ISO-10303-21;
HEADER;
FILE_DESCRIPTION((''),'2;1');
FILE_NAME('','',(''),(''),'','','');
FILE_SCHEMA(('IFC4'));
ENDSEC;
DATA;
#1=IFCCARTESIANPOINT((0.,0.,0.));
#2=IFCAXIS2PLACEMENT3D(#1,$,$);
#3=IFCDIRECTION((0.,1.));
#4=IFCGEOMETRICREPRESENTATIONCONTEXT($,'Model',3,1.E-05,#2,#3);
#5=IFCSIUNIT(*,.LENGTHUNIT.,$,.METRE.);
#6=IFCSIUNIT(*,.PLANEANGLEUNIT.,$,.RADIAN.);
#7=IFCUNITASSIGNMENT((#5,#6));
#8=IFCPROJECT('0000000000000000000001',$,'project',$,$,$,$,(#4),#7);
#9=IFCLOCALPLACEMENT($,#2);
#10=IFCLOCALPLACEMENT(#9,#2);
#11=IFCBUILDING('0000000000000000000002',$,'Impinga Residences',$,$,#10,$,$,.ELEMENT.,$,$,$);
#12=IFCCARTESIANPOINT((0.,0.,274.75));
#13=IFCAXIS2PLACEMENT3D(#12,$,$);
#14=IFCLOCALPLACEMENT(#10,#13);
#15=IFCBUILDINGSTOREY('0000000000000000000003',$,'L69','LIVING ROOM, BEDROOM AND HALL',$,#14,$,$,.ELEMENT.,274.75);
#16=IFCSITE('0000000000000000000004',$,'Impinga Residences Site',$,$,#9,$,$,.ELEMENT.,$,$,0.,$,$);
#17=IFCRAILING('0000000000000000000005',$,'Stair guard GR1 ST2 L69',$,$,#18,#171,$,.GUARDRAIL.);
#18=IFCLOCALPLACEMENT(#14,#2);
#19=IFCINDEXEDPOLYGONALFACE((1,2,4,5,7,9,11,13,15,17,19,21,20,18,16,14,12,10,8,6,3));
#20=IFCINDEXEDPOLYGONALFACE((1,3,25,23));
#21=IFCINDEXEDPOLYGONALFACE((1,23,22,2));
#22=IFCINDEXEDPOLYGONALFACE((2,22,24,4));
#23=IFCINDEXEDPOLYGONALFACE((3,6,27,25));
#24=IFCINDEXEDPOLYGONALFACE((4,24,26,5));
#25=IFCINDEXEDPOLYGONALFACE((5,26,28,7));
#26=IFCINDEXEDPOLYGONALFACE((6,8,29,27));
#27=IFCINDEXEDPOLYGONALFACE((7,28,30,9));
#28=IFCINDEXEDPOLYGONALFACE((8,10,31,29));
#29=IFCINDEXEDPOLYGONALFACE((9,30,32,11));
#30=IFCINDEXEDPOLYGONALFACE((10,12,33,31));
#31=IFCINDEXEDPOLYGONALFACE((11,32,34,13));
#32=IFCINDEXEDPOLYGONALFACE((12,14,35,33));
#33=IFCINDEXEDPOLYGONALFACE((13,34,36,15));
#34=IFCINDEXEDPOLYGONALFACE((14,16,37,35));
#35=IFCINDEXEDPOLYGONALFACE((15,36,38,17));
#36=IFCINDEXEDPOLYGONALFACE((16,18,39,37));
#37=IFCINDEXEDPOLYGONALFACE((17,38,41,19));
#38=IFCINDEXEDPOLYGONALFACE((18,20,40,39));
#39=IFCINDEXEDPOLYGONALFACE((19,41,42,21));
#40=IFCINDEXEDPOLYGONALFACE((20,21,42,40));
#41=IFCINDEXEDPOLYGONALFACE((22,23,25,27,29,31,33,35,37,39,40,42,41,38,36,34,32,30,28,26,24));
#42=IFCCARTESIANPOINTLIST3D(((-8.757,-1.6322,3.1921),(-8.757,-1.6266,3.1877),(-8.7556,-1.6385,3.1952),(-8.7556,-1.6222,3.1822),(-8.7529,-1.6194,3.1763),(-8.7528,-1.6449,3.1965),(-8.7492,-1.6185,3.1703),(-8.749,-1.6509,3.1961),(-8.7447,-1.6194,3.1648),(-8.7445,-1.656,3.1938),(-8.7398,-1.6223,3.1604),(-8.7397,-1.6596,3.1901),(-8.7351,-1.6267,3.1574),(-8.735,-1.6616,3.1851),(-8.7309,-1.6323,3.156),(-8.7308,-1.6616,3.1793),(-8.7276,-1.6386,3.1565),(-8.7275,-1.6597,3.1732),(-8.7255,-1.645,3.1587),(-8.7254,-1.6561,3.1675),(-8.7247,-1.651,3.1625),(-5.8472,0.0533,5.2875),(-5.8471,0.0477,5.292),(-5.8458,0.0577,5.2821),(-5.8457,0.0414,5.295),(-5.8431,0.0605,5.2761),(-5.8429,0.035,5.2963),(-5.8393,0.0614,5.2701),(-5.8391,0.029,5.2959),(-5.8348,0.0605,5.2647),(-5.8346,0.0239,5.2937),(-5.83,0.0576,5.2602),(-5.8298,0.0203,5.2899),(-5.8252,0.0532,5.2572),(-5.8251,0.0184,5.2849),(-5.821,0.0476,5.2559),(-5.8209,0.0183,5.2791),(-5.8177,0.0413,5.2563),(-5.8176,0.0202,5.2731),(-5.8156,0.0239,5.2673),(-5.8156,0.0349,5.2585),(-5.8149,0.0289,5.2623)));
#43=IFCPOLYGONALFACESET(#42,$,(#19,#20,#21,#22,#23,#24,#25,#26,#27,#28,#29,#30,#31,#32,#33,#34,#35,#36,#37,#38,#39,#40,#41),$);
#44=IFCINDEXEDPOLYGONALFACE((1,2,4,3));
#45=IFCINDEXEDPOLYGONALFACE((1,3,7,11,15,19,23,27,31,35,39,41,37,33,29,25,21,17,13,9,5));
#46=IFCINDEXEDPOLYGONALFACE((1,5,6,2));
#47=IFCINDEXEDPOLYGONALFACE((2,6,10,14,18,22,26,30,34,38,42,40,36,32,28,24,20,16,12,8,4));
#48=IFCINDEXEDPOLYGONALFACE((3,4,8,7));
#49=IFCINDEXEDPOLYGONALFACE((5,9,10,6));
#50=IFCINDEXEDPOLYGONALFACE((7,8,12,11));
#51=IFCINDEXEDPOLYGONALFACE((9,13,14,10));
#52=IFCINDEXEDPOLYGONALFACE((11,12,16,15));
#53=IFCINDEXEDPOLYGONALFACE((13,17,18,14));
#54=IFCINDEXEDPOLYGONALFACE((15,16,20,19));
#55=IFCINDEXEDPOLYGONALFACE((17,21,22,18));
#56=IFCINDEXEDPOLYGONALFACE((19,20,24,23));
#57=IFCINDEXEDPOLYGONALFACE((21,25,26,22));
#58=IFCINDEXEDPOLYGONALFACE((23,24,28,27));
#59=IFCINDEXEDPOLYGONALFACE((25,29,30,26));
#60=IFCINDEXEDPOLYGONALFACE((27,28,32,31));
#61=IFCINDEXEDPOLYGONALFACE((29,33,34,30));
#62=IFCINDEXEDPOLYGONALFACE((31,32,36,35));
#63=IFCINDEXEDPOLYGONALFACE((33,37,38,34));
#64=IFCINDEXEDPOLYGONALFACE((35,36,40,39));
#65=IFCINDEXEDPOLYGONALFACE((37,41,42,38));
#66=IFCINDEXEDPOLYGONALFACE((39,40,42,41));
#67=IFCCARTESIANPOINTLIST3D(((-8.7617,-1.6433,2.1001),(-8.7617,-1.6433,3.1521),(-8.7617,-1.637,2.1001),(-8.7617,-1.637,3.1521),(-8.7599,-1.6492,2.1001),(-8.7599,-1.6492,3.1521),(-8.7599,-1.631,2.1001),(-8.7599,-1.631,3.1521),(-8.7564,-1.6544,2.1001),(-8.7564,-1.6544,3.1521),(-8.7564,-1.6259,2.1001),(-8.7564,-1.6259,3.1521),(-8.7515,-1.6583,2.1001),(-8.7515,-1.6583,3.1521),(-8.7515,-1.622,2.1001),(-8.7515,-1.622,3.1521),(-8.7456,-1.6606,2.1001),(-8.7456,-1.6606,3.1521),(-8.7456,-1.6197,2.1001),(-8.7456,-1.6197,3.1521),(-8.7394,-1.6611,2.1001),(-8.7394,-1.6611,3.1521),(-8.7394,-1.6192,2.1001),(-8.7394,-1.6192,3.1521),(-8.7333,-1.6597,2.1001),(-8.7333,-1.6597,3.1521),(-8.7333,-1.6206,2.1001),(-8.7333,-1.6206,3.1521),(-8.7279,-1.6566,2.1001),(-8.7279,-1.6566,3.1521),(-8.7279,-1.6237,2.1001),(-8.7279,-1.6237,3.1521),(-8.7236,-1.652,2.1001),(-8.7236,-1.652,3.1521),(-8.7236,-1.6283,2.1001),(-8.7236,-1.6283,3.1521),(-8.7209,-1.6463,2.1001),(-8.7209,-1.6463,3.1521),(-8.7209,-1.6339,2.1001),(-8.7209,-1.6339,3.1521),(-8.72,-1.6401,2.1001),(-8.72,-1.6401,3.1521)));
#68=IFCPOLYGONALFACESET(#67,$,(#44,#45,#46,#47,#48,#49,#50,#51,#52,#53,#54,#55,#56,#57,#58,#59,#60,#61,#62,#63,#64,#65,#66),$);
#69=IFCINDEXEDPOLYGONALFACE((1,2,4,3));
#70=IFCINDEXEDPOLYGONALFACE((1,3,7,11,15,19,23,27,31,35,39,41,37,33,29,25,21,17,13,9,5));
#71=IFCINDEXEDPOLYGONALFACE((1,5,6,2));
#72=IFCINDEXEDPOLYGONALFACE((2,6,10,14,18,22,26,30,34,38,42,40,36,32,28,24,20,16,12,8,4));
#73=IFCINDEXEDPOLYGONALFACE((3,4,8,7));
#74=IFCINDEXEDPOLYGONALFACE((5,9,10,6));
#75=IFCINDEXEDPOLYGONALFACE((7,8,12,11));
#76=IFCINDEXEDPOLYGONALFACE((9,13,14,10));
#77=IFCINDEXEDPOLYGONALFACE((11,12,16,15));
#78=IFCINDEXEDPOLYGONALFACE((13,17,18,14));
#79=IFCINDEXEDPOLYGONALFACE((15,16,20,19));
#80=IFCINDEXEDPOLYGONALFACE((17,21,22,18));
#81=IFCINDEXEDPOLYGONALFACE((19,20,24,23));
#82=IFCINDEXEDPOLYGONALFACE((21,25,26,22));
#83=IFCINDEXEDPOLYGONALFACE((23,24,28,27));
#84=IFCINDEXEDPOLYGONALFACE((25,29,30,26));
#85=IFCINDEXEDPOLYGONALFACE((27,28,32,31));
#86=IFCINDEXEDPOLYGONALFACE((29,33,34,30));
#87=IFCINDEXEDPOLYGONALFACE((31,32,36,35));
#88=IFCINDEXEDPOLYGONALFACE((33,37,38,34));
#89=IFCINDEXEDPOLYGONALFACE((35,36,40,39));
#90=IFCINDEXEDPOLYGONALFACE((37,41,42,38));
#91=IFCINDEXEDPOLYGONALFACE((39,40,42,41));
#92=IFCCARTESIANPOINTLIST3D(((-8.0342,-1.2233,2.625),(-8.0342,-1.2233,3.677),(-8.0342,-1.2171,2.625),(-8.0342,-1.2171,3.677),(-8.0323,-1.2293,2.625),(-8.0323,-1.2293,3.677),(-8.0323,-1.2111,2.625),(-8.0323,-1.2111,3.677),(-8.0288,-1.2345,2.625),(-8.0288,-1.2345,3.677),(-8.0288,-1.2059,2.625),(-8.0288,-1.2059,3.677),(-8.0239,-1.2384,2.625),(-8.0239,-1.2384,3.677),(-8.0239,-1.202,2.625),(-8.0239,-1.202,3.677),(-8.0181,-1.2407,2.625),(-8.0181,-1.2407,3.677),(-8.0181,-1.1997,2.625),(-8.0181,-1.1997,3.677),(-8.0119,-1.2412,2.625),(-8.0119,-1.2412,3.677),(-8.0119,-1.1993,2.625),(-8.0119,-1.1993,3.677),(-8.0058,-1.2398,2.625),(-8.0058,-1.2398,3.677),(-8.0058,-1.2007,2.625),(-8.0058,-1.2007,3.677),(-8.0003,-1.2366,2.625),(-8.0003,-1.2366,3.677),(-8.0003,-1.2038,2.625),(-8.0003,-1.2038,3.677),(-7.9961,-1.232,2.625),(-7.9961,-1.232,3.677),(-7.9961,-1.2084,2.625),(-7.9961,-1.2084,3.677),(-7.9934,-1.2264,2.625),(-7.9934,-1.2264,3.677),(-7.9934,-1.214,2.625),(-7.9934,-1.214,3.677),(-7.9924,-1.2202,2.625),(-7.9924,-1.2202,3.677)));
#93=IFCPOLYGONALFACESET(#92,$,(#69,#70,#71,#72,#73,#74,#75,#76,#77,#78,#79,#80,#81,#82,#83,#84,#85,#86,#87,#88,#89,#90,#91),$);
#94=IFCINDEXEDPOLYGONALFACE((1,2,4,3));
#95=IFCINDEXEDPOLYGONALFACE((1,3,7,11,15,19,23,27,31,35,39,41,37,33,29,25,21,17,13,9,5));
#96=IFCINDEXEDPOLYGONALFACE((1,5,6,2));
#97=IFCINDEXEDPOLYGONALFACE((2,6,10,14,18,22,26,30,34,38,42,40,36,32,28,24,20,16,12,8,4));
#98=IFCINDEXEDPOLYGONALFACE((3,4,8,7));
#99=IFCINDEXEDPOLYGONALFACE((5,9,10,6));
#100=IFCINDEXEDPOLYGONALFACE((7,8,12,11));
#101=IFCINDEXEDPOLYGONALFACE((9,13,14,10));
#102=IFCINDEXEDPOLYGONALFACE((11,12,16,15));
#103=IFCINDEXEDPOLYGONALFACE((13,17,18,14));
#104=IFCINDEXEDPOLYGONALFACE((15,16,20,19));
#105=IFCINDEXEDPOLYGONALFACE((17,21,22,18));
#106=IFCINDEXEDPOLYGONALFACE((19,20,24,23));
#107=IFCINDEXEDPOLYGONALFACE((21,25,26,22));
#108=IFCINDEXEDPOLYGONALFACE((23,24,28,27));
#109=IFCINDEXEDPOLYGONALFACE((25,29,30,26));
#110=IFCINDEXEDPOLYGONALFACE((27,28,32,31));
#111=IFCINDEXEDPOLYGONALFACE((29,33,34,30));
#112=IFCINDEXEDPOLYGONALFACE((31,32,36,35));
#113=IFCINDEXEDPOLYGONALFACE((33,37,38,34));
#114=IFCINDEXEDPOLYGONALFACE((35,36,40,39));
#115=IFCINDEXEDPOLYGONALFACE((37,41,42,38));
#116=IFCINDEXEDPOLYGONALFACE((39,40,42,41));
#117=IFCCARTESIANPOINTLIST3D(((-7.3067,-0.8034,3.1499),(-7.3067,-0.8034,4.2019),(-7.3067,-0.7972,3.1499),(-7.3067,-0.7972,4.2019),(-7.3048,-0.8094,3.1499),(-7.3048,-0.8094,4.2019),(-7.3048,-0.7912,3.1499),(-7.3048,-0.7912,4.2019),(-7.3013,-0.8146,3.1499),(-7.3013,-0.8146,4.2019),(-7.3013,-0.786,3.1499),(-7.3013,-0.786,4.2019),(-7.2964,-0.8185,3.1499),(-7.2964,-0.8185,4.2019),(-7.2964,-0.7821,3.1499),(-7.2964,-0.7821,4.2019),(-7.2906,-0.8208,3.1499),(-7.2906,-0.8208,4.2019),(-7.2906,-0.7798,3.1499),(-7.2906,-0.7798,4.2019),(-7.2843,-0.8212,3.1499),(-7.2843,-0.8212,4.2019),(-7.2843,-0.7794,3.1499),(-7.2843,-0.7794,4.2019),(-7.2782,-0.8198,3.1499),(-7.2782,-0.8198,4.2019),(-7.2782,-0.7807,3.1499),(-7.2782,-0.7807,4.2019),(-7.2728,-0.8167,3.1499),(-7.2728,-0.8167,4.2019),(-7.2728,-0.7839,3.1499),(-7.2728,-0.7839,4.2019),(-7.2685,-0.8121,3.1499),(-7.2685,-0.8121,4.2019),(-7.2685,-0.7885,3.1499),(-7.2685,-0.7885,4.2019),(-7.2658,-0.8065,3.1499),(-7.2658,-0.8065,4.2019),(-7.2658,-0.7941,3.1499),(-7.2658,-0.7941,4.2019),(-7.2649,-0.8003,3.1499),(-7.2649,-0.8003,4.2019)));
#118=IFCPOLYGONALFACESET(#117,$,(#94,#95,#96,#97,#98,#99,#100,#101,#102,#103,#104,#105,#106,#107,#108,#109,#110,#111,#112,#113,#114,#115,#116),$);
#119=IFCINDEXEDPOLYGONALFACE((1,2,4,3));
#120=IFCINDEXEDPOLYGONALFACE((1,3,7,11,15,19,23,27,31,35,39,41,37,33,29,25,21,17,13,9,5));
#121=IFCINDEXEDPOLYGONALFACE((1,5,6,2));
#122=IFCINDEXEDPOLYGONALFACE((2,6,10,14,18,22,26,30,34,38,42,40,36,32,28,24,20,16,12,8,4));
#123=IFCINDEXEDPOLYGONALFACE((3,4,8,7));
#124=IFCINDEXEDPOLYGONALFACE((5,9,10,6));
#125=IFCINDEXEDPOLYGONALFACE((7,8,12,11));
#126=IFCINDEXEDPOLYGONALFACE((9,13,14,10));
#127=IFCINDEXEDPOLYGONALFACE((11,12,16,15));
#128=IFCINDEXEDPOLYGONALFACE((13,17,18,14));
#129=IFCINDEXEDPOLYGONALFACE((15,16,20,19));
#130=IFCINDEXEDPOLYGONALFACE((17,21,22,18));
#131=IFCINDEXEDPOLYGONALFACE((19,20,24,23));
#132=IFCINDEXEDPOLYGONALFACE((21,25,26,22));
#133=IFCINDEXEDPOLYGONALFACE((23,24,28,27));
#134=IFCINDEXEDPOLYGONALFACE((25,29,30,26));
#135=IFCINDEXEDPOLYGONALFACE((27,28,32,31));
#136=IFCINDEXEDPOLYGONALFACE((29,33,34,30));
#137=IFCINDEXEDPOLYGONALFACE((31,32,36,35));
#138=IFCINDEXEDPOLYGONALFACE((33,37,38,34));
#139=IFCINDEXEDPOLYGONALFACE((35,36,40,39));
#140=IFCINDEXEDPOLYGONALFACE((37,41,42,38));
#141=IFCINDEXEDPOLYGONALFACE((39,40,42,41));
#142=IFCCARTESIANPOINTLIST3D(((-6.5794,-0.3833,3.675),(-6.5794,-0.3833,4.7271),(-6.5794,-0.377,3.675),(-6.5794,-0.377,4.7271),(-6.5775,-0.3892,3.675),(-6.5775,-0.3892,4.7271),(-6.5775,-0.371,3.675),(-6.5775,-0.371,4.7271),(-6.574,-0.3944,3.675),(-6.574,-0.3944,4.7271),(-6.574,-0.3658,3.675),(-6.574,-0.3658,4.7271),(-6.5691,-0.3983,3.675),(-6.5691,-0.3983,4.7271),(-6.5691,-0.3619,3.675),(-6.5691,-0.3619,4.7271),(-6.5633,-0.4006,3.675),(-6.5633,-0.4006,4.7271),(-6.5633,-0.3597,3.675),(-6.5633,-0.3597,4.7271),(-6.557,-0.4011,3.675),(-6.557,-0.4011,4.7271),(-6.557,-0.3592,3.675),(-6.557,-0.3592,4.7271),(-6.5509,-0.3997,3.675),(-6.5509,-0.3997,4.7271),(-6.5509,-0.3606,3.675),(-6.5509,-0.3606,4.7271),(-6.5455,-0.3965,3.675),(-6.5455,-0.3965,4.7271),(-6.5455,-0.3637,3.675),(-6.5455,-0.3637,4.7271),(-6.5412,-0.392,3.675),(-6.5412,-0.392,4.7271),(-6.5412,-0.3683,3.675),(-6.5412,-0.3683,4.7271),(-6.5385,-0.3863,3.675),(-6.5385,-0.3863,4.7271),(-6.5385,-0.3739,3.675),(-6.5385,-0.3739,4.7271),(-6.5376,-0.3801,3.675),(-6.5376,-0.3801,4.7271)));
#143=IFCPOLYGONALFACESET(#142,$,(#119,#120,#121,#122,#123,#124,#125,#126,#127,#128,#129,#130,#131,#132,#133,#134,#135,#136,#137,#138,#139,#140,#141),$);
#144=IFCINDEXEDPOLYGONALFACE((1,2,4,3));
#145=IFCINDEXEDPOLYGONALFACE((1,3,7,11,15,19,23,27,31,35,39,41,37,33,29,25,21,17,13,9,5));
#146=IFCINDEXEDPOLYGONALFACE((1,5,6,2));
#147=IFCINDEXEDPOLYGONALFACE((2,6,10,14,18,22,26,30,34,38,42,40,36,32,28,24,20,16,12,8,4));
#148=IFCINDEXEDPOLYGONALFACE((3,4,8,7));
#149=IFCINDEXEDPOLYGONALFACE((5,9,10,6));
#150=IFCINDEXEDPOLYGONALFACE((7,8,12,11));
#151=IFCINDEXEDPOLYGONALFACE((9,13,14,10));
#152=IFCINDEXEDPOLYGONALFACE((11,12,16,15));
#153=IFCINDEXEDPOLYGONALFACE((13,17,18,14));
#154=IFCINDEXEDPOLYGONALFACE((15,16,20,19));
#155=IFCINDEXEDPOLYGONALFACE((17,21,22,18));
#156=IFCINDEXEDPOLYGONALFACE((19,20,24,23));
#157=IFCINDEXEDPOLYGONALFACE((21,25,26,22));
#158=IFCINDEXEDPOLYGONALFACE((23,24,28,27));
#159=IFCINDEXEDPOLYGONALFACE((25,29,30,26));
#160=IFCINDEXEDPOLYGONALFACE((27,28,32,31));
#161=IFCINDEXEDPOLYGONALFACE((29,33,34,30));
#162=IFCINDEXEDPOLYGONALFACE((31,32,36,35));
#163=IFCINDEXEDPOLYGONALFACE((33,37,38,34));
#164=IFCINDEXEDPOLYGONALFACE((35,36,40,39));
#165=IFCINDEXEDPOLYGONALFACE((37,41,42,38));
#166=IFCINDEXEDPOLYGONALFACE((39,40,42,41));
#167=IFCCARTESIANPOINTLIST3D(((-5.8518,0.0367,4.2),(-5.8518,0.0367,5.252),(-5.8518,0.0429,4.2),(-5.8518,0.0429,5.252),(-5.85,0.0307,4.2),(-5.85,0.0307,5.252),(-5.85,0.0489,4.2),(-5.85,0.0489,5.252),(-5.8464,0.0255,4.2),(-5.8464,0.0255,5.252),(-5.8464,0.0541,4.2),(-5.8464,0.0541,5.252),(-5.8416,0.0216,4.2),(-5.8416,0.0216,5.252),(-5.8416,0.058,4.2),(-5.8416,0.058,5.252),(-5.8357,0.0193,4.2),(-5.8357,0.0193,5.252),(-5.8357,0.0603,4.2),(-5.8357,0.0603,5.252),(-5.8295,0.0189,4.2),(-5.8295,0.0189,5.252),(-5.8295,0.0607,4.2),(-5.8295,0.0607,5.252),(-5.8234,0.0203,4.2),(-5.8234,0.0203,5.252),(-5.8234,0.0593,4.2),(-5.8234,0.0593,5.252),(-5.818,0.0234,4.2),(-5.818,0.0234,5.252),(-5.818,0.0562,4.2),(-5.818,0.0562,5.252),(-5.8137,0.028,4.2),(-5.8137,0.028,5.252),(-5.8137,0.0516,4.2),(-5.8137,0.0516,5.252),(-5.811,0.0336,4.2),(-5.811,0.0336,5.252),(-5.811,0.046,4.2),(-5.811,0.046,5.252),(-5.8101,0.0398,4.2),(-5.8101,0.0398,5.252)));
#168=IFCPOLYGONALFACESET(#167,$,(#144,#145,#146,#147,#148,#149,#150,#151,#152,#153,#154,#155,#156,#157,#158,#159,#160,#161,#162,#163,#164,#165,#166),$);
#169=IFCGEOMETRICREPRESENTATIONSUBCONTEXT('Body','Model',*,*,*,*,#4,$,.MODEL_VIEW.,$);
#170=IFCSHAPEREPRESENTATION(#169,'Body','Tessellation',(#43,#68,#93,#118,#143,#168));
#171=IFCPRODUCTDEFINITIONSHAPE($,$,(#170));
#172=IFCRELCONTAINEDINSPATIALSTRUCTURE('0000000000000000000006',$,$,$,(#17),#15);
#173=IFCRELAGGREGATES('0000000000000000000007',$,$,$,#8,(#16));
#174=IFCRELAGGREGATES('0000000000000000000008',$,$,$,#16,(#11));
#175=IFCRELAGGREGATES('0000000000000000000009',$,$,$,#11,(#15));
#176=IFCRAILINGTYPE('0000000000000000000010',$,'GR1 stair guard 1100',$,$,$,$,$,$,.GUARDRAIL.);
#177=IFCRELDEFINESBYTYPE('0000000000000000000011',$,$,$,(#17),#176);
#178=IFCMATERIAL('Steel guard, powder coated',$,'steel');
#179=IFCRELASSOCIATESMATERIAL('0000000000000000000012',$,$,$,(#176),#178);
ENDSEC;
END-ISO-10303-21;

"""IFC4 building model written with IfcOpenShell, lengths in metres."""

from ifc_helpers import new_model, si_unit, direction, frame, origin, origin_2d, place, context, subcontext, project, spatial, circle, extrude, material, type_object, element, save


model = new_model("IFC4")

# Units and contexts
model_context = context("Model", 3, precision=1e-05, world=origin(), true_north=direction((0.0, 1.0)))
body_context = subcontext(model_context, "Body", "Model", "MODEL_VIEW")
ifc_project = project(units=[si_unit("LENGTHUNIT", "METRE"), si_unit("PLANEANGLEUNIT", "RADIAN")], contexts=[model_context])

# Site, building, storey
site_placement = place(None, origin())
site = spatial("IfcSite", under=ifc_project, at=site_placement, Name="Impinga Residences Site", CompositionType="ELEMENT", RefElevation=0.0)
building_placement = place(site_placement, origin())
building = spatial("IfcBuilding", under=site, at=building_placement, Name="Impinga Residences", CompositionType="ELEMENT")
storey_placement = place(building_placement, frame((0.0, 0.0, 274.75)))
storey = spatial("IfcBuildingStorey", under=building, at=storey_placement, Name="L69", Description="LIVING ROOM, BEDROOM AND HALL", CompositionType="ELEMENT", Elevation=274.75)

# Railing
ifc_material_1 = material(Name="Steel guard, powder coated", Category="steel")
railing_type_1 = type_object("IfcRailingType", Name="GR1 stair guard 1100", PredefinedType="GUARDRAIL", material=ifc_material_1)
railing_1_placement = place(storey_placement, frame((-8.741, -1.6401, 2.1001)))
element("IfcRailing", 1, at=railing_1_placement, inside=storey, type_object=railing_type_1, Name="Stair guard GR1 ST2 L69", PredefinedType="GUARDRAIL", context=body_context, shape_type="SweptSolid", body=[
    extrude(circle(Radius=0.0239, at=origin_2d()), frame((0.0, 0.0, 1.0762), z_axis=(0.734416, 0.423988, 0.52997), x_axis=(-0.499976, 0.866039, 0.0)), (0.0, 0.0, 1.0), 3.9622),
    extrude(circle(Radius=0.021, at=origin_2d()), origin(), (0.0, 0.0, 1.0), 1.052),
    extrude(circle(Radius=0.021, at=origin_2d()), frame((0.7275, 0.4199, 0.5249)), (0.0, 0.0, 1.0), 1.052),
    extrude(circle(Radius=0.021, at=origin_2d()), frame((1.4551, 0.8398, 1.0498)), (0.0, 0.0, 1.0), 1.052),
    extrude(circle(Radius=0.021, at=origin_2d()), frame((2.1824, 1.26, 1.575)), (0.0, 0.0, 1.0), 1.052),
    extrude(circle(Radius=0.021, at=origin_2d()), frame((2.9099, 1.6799, 2.0999)), (0.0, 0.0, 1.0), 1.052),
])

save(model, "model.ifc")
